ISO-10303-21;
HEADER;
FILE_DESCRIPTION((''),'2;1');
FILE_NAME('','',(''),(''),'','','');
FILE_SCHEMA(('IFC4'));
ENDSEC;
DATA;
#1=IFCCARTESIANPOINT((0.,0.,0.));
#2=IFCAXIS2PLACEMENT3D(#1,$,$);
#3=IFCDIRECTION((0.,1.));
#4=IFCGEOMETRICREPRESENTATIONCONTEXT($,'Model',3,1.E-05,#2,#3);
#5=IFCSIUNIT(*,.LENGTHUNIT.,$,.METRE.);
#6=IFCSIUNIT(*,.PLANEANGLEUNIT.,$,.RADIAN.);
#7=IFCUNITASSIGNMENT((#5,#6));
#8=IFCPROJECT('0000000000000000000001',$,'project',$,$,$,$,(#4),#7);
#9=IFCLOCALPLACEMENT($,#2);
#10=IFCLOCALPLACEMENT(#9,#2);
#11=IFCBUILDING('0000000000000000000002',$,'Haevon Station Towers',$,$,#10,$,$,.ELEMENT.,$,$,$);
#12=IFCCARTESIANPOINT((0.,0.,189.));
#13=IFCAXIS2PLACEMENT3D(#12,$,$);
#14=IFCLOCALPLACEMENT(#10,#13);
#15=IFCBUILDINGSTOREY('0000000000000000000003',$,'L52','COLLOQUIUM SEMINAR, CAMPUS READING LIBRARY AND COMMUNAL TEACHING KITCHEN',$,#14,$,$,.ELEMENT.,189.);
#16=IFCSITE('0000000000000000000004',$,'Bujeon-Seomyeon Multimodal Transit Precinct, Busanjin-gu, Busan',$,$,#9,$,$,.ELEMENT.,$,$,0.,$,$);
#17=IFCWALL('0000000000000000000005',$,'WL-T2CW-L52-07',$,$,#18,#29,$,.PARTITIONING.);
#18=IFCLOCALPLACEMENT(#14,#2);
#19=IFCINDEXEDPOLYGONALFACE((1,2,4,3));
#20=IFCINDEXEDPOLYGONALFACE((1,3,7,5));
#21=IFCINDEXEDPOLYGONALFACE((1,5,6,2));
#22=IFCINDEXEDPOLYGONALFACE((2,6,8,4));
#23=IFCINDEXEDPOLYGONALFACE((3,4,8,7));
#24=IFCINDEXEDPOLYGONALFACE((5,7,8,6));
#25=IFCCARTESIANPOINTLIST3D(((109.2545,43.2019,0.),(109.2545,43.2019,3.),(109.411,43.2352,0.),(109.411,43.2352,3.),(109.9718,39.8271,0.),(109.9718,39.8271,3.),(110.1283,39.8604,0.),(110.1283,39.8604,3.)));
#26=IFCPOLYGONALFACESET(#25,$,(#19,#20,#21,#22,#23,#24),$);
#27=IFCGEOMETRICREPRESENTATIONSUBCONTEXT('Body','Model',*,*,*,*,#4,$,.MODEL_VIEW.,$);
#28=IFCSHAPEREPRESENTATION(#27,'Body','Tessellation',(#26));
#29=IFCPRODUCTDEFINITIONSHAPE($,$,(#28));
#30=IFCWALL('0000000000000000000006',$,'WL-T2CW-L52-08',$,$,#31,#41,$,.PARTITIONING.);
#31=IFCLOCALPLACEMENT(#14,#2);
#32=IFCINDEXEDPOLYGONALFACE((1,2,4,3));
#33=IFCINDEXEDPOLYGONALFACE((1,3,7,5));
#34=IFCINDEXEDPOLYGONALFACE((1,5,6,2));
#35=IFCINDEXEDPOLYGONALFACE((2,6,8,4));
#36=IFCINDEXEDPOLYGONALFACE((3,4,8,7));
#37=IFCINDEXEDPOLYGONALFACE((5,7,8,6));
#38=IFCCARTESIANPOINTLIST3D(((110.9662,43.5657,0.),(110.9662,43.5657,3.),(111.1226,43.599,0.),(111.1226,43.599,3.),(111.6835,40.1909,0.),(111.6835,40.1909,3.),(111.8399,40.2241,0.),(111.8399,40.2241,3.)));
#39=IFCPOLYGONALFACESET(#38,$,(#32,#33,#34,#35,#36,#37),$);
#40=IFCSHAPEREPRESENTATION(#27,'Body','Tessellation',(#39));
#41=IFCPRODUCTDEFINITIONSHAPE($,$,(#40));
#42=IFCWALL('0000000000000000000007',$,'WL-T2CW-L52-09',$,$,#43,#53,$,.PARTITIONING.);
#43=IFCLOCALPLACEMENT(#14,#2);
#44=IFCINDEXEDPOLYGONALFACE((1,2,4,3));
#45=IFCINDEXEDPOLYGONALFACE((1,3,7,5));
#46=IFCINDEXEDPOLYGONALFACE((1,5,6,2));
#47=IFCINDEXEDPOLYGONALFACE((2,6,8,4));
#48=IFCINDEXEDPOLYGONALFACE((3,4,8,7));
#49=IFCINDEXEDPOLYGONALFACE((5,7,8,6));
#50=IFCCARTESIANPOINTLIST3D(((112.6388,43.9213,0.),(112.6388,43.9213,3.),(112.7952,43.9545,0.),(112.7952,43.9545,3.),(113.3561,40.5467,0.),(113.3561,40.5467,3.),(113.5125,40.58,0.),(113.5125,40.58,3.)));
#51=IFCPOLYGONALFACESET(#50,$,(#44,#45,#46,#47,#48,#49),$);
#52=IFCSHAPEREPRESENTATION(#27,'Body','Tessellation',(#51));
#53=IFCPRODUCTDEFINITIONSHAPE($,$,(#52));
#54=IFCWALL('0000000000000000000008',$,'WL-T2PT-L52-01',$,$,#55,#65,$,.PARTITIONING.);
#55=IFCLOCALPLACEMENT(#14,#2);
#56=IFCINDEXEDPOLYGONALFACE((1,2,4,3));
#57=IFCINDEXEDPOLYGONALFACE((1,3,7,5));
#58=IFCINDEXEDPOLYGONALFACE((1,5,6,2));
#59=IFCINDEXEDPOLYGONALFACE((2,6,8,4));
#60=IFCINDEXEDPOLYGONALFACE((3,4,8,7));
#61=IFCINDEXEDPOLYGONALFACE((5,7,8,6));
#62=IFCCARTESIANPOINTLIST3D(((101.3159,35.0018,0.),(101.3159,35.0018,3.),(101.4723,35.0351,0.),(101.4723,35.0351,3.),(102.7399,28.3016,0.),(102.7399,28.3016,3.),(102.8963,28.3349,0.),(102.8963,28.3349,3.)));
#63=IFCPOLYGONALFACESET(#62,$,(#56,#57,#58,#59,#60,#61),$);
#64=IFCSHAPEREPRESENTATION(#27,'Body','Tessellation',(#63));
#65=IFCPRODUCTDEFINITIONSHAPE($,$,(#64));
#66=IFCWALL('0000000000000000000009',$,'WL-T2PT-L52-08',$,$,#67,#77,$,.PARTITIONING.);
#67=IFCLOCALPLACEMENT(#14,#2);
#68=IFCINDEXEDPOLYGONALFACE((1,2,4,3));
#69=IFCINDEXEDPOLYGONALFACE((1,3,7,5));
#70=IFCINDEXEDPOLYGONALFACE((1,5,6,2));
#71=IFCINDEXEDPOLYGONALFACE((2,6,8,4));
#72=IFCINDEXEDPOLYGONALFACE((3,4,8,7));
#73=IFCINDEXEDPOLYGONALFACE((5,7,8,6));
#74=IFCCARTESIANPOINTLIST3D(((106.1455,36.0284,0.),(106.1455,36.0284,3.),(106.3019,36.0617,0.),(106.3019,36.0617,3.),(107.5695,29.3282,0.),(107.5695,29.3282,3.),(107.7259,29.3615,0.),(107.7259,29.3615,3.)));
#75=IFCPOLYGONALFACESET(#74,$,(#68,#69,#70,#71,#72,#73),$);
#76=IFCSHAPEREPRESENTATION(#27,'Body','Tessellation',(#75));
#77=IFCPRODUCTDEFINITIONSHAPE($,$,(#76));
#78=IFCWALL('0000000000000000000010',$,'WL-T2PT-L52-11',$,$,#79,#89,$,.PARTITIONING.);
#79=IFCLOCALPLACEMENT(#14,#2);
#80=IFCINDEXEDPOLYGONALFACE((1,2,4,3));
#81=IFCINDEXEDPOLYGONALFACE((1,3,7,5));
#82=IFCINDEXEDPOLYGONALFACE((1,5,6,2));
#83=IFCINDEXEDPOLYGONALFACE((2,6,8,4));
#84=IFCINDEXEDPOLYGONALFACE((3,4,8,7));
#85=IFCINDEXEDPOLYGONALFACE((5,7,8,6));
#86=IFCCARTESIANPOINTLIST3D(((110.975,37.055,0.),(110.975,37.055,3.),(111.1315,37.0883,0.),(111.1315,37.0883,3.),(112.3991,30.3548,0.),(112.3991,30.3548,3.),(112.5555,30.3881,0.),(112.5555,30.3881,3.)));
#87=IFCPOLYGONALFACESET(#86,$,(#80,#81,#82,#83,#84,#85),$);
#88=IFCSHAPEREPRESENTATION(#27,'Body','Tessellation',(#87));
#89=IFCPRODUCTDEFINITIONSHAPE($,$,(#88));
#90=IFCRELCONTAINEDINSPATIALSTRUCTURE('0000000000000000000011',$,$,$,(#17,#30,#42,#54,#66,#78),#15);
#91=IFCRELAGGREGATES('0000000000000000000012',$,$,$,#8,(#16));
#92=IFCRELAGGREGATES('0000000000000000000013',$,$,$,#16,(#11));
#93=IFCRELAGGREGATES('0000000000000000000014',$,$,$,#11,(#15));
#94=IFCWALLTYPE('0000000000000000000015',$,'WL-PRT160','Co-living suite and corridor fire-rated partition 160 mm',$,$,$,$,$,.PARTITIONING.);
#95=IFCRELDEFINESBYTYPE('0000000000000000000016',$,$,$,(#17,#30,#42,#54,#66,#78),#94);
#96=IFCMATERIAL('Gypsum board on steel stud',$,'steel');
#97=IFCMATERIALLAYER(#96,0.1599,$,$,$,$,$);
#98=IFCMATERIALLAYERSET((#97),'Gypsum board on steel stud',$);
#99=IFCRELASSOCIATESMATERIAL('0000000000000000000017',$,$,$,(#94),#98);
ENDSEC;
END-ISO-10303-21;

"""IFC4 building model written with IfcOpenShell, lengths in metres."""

from ifc_helpers import new_model, si_unit, direction, frame, frame_2d, origin, place, context, subcontext, project, spatial, rectangle, extrude, material, layer, layer_set, type_object, element, save


model = new_model("IFC4")

# Units and contexts
model_context = context("Model", 3, precision=1e-05, world=origin(), true_north=direction((0.0, 1.0)))
body_context = subcontext(model_context, "Body", "Model", "MODEL_VIEW")
ifc_project = project(units=[si_unit("LENGTHUNIT", "METRE"), si_unit("PLANEANGLEUNIT", "RADIAN")], contexts=[model_context])

# Site, building, storey
site_placement = place(None, origin())
site = spatial("IfcSite", under=ifc_project, at=site_placement, Name="Bujeon-Seomyeon Multimodal Transit Precinct, Busanjin-gu, Busan", CompositionType="ELEMENT", RefElevation=0.0)
building_placement = place(site_placement, origin())
building = spatial("IfcBuilding", under=site, at=building_placement, Name="Haevon Station Towers", CompositionType="ELEMENT")
storey_placement = place(building_placement, frame((0.0, 0.0, 189.0)))
storey = spatial("IfcBuildingStorey", under=building, at=storey_placement, Name="L52", Description="COLLOQUIUM SEMINAR, CAMPUS READING LIBRARY AND COMMUNAL TEACHING KITCHEN", CompositionType="ELEMENT", Elevation=189.0)

# Shared definitions
ifc_material_1 = material(Name="Gypsum board on steel stud", Category="steel")

# Walls
ifc_layer_1 = layer(ifc_material_1, 0.1599)
ifc_layer_set_1 = layer_set([ifc_layer_1], Name="Gypsum board on steel stud")
wall_type_1 = type_object("IfcWallType", Name="WL-PRT160", Description="Co-living suite and corridor fire-rated partition 160 mm", PredefinedType="PARTITIONING", material=ifc_layer_set_1)
for number, where, z_axis, x_axis, name in (
    (1, (110.05, 39.8438, 0.0), (0.0, 0.0, 1.0), (-0.2079, 0.97815, 0.0), "WL-T2CW-L52-07"),
    (2, (111.7617, 40.2075, 0.0), (0.0, 0.0, 1.0), (-0.2079, 0.97815, 0.0), "WL-T2CW-L52-08"),
):
    element("IfcWall", number, at=place(storey_placement, frame(where, z_axis=z_axis, x_axis=x_axis)), inside=storey, type_object=wall_type_1, Name=name, PredefinedType="PARTITIONING", context=body_context, shape_type="SweptSolid", body=[
        extrude(rectangle(XDim=3.4502, YDim=0.1599, at=frame_2d((1.7251, 0.0))), origin(), (0.0, 0.0, 1.0), 3.0),
    ])
wall_1_placement = place(storey_placement, frame((113.4343, 40.5632, 0.0), z_axis=(0.0, 0.0, 1.0), x_axis=(-0.207915, 0.978147, 0.0)))
element("IfcWall", 3, at=wall_1_placement, inside=storey, type_object=wall_type_1, Name="WL-T2CW-L52-09", PredefinedType="PARTITIONING", context=body_context, shape_type="SweptSolid", body=[
    extrude(rectangle(XDim=3.45, YDim=0.1599, at=frame_2d((1.7251, 0.0))), origin(), (0.0, 0.0, 1.0), 3.0),
])
for number, where, z_axis, x_axis, name in (
    (4, (102.8181, 28.3184, 0.0), (0.0, 0.0, 1.0), (-0.207898, 0.978151, 0.0), "WL-T2PT-L52-01"),
    (5, (107.6477, 29.345, 0.0), (0.0, 0.0, 1.0), (-0.207898, 0.978151, 0.0), "WL-T2PT-L52-08"),
    (6, (112.4773, 30.3716, 0.0), (0.0, 0.0, 1.0), (-0.207898, 0.978151, 0.0), "WL-T2PT-L52-11"),
):
    element("IfcWall", number, at=place(storey_placement, frame(where, z_axis=z_axis, x_axis=x_axis)), inside=storey, type_object=wall_type_1, Name=name, PredefinedType="PARTITIONING", context=body_context, shape_type="SweptSolid", body=[
        extrude(rectangle(XDim=6.8499, YDim=0.1599, at=frame_2d((3.4248, 0.0))), origin(), (0.0, 0.0, 1.0), 3.0),
    ])

save(model, "model.ifc")
